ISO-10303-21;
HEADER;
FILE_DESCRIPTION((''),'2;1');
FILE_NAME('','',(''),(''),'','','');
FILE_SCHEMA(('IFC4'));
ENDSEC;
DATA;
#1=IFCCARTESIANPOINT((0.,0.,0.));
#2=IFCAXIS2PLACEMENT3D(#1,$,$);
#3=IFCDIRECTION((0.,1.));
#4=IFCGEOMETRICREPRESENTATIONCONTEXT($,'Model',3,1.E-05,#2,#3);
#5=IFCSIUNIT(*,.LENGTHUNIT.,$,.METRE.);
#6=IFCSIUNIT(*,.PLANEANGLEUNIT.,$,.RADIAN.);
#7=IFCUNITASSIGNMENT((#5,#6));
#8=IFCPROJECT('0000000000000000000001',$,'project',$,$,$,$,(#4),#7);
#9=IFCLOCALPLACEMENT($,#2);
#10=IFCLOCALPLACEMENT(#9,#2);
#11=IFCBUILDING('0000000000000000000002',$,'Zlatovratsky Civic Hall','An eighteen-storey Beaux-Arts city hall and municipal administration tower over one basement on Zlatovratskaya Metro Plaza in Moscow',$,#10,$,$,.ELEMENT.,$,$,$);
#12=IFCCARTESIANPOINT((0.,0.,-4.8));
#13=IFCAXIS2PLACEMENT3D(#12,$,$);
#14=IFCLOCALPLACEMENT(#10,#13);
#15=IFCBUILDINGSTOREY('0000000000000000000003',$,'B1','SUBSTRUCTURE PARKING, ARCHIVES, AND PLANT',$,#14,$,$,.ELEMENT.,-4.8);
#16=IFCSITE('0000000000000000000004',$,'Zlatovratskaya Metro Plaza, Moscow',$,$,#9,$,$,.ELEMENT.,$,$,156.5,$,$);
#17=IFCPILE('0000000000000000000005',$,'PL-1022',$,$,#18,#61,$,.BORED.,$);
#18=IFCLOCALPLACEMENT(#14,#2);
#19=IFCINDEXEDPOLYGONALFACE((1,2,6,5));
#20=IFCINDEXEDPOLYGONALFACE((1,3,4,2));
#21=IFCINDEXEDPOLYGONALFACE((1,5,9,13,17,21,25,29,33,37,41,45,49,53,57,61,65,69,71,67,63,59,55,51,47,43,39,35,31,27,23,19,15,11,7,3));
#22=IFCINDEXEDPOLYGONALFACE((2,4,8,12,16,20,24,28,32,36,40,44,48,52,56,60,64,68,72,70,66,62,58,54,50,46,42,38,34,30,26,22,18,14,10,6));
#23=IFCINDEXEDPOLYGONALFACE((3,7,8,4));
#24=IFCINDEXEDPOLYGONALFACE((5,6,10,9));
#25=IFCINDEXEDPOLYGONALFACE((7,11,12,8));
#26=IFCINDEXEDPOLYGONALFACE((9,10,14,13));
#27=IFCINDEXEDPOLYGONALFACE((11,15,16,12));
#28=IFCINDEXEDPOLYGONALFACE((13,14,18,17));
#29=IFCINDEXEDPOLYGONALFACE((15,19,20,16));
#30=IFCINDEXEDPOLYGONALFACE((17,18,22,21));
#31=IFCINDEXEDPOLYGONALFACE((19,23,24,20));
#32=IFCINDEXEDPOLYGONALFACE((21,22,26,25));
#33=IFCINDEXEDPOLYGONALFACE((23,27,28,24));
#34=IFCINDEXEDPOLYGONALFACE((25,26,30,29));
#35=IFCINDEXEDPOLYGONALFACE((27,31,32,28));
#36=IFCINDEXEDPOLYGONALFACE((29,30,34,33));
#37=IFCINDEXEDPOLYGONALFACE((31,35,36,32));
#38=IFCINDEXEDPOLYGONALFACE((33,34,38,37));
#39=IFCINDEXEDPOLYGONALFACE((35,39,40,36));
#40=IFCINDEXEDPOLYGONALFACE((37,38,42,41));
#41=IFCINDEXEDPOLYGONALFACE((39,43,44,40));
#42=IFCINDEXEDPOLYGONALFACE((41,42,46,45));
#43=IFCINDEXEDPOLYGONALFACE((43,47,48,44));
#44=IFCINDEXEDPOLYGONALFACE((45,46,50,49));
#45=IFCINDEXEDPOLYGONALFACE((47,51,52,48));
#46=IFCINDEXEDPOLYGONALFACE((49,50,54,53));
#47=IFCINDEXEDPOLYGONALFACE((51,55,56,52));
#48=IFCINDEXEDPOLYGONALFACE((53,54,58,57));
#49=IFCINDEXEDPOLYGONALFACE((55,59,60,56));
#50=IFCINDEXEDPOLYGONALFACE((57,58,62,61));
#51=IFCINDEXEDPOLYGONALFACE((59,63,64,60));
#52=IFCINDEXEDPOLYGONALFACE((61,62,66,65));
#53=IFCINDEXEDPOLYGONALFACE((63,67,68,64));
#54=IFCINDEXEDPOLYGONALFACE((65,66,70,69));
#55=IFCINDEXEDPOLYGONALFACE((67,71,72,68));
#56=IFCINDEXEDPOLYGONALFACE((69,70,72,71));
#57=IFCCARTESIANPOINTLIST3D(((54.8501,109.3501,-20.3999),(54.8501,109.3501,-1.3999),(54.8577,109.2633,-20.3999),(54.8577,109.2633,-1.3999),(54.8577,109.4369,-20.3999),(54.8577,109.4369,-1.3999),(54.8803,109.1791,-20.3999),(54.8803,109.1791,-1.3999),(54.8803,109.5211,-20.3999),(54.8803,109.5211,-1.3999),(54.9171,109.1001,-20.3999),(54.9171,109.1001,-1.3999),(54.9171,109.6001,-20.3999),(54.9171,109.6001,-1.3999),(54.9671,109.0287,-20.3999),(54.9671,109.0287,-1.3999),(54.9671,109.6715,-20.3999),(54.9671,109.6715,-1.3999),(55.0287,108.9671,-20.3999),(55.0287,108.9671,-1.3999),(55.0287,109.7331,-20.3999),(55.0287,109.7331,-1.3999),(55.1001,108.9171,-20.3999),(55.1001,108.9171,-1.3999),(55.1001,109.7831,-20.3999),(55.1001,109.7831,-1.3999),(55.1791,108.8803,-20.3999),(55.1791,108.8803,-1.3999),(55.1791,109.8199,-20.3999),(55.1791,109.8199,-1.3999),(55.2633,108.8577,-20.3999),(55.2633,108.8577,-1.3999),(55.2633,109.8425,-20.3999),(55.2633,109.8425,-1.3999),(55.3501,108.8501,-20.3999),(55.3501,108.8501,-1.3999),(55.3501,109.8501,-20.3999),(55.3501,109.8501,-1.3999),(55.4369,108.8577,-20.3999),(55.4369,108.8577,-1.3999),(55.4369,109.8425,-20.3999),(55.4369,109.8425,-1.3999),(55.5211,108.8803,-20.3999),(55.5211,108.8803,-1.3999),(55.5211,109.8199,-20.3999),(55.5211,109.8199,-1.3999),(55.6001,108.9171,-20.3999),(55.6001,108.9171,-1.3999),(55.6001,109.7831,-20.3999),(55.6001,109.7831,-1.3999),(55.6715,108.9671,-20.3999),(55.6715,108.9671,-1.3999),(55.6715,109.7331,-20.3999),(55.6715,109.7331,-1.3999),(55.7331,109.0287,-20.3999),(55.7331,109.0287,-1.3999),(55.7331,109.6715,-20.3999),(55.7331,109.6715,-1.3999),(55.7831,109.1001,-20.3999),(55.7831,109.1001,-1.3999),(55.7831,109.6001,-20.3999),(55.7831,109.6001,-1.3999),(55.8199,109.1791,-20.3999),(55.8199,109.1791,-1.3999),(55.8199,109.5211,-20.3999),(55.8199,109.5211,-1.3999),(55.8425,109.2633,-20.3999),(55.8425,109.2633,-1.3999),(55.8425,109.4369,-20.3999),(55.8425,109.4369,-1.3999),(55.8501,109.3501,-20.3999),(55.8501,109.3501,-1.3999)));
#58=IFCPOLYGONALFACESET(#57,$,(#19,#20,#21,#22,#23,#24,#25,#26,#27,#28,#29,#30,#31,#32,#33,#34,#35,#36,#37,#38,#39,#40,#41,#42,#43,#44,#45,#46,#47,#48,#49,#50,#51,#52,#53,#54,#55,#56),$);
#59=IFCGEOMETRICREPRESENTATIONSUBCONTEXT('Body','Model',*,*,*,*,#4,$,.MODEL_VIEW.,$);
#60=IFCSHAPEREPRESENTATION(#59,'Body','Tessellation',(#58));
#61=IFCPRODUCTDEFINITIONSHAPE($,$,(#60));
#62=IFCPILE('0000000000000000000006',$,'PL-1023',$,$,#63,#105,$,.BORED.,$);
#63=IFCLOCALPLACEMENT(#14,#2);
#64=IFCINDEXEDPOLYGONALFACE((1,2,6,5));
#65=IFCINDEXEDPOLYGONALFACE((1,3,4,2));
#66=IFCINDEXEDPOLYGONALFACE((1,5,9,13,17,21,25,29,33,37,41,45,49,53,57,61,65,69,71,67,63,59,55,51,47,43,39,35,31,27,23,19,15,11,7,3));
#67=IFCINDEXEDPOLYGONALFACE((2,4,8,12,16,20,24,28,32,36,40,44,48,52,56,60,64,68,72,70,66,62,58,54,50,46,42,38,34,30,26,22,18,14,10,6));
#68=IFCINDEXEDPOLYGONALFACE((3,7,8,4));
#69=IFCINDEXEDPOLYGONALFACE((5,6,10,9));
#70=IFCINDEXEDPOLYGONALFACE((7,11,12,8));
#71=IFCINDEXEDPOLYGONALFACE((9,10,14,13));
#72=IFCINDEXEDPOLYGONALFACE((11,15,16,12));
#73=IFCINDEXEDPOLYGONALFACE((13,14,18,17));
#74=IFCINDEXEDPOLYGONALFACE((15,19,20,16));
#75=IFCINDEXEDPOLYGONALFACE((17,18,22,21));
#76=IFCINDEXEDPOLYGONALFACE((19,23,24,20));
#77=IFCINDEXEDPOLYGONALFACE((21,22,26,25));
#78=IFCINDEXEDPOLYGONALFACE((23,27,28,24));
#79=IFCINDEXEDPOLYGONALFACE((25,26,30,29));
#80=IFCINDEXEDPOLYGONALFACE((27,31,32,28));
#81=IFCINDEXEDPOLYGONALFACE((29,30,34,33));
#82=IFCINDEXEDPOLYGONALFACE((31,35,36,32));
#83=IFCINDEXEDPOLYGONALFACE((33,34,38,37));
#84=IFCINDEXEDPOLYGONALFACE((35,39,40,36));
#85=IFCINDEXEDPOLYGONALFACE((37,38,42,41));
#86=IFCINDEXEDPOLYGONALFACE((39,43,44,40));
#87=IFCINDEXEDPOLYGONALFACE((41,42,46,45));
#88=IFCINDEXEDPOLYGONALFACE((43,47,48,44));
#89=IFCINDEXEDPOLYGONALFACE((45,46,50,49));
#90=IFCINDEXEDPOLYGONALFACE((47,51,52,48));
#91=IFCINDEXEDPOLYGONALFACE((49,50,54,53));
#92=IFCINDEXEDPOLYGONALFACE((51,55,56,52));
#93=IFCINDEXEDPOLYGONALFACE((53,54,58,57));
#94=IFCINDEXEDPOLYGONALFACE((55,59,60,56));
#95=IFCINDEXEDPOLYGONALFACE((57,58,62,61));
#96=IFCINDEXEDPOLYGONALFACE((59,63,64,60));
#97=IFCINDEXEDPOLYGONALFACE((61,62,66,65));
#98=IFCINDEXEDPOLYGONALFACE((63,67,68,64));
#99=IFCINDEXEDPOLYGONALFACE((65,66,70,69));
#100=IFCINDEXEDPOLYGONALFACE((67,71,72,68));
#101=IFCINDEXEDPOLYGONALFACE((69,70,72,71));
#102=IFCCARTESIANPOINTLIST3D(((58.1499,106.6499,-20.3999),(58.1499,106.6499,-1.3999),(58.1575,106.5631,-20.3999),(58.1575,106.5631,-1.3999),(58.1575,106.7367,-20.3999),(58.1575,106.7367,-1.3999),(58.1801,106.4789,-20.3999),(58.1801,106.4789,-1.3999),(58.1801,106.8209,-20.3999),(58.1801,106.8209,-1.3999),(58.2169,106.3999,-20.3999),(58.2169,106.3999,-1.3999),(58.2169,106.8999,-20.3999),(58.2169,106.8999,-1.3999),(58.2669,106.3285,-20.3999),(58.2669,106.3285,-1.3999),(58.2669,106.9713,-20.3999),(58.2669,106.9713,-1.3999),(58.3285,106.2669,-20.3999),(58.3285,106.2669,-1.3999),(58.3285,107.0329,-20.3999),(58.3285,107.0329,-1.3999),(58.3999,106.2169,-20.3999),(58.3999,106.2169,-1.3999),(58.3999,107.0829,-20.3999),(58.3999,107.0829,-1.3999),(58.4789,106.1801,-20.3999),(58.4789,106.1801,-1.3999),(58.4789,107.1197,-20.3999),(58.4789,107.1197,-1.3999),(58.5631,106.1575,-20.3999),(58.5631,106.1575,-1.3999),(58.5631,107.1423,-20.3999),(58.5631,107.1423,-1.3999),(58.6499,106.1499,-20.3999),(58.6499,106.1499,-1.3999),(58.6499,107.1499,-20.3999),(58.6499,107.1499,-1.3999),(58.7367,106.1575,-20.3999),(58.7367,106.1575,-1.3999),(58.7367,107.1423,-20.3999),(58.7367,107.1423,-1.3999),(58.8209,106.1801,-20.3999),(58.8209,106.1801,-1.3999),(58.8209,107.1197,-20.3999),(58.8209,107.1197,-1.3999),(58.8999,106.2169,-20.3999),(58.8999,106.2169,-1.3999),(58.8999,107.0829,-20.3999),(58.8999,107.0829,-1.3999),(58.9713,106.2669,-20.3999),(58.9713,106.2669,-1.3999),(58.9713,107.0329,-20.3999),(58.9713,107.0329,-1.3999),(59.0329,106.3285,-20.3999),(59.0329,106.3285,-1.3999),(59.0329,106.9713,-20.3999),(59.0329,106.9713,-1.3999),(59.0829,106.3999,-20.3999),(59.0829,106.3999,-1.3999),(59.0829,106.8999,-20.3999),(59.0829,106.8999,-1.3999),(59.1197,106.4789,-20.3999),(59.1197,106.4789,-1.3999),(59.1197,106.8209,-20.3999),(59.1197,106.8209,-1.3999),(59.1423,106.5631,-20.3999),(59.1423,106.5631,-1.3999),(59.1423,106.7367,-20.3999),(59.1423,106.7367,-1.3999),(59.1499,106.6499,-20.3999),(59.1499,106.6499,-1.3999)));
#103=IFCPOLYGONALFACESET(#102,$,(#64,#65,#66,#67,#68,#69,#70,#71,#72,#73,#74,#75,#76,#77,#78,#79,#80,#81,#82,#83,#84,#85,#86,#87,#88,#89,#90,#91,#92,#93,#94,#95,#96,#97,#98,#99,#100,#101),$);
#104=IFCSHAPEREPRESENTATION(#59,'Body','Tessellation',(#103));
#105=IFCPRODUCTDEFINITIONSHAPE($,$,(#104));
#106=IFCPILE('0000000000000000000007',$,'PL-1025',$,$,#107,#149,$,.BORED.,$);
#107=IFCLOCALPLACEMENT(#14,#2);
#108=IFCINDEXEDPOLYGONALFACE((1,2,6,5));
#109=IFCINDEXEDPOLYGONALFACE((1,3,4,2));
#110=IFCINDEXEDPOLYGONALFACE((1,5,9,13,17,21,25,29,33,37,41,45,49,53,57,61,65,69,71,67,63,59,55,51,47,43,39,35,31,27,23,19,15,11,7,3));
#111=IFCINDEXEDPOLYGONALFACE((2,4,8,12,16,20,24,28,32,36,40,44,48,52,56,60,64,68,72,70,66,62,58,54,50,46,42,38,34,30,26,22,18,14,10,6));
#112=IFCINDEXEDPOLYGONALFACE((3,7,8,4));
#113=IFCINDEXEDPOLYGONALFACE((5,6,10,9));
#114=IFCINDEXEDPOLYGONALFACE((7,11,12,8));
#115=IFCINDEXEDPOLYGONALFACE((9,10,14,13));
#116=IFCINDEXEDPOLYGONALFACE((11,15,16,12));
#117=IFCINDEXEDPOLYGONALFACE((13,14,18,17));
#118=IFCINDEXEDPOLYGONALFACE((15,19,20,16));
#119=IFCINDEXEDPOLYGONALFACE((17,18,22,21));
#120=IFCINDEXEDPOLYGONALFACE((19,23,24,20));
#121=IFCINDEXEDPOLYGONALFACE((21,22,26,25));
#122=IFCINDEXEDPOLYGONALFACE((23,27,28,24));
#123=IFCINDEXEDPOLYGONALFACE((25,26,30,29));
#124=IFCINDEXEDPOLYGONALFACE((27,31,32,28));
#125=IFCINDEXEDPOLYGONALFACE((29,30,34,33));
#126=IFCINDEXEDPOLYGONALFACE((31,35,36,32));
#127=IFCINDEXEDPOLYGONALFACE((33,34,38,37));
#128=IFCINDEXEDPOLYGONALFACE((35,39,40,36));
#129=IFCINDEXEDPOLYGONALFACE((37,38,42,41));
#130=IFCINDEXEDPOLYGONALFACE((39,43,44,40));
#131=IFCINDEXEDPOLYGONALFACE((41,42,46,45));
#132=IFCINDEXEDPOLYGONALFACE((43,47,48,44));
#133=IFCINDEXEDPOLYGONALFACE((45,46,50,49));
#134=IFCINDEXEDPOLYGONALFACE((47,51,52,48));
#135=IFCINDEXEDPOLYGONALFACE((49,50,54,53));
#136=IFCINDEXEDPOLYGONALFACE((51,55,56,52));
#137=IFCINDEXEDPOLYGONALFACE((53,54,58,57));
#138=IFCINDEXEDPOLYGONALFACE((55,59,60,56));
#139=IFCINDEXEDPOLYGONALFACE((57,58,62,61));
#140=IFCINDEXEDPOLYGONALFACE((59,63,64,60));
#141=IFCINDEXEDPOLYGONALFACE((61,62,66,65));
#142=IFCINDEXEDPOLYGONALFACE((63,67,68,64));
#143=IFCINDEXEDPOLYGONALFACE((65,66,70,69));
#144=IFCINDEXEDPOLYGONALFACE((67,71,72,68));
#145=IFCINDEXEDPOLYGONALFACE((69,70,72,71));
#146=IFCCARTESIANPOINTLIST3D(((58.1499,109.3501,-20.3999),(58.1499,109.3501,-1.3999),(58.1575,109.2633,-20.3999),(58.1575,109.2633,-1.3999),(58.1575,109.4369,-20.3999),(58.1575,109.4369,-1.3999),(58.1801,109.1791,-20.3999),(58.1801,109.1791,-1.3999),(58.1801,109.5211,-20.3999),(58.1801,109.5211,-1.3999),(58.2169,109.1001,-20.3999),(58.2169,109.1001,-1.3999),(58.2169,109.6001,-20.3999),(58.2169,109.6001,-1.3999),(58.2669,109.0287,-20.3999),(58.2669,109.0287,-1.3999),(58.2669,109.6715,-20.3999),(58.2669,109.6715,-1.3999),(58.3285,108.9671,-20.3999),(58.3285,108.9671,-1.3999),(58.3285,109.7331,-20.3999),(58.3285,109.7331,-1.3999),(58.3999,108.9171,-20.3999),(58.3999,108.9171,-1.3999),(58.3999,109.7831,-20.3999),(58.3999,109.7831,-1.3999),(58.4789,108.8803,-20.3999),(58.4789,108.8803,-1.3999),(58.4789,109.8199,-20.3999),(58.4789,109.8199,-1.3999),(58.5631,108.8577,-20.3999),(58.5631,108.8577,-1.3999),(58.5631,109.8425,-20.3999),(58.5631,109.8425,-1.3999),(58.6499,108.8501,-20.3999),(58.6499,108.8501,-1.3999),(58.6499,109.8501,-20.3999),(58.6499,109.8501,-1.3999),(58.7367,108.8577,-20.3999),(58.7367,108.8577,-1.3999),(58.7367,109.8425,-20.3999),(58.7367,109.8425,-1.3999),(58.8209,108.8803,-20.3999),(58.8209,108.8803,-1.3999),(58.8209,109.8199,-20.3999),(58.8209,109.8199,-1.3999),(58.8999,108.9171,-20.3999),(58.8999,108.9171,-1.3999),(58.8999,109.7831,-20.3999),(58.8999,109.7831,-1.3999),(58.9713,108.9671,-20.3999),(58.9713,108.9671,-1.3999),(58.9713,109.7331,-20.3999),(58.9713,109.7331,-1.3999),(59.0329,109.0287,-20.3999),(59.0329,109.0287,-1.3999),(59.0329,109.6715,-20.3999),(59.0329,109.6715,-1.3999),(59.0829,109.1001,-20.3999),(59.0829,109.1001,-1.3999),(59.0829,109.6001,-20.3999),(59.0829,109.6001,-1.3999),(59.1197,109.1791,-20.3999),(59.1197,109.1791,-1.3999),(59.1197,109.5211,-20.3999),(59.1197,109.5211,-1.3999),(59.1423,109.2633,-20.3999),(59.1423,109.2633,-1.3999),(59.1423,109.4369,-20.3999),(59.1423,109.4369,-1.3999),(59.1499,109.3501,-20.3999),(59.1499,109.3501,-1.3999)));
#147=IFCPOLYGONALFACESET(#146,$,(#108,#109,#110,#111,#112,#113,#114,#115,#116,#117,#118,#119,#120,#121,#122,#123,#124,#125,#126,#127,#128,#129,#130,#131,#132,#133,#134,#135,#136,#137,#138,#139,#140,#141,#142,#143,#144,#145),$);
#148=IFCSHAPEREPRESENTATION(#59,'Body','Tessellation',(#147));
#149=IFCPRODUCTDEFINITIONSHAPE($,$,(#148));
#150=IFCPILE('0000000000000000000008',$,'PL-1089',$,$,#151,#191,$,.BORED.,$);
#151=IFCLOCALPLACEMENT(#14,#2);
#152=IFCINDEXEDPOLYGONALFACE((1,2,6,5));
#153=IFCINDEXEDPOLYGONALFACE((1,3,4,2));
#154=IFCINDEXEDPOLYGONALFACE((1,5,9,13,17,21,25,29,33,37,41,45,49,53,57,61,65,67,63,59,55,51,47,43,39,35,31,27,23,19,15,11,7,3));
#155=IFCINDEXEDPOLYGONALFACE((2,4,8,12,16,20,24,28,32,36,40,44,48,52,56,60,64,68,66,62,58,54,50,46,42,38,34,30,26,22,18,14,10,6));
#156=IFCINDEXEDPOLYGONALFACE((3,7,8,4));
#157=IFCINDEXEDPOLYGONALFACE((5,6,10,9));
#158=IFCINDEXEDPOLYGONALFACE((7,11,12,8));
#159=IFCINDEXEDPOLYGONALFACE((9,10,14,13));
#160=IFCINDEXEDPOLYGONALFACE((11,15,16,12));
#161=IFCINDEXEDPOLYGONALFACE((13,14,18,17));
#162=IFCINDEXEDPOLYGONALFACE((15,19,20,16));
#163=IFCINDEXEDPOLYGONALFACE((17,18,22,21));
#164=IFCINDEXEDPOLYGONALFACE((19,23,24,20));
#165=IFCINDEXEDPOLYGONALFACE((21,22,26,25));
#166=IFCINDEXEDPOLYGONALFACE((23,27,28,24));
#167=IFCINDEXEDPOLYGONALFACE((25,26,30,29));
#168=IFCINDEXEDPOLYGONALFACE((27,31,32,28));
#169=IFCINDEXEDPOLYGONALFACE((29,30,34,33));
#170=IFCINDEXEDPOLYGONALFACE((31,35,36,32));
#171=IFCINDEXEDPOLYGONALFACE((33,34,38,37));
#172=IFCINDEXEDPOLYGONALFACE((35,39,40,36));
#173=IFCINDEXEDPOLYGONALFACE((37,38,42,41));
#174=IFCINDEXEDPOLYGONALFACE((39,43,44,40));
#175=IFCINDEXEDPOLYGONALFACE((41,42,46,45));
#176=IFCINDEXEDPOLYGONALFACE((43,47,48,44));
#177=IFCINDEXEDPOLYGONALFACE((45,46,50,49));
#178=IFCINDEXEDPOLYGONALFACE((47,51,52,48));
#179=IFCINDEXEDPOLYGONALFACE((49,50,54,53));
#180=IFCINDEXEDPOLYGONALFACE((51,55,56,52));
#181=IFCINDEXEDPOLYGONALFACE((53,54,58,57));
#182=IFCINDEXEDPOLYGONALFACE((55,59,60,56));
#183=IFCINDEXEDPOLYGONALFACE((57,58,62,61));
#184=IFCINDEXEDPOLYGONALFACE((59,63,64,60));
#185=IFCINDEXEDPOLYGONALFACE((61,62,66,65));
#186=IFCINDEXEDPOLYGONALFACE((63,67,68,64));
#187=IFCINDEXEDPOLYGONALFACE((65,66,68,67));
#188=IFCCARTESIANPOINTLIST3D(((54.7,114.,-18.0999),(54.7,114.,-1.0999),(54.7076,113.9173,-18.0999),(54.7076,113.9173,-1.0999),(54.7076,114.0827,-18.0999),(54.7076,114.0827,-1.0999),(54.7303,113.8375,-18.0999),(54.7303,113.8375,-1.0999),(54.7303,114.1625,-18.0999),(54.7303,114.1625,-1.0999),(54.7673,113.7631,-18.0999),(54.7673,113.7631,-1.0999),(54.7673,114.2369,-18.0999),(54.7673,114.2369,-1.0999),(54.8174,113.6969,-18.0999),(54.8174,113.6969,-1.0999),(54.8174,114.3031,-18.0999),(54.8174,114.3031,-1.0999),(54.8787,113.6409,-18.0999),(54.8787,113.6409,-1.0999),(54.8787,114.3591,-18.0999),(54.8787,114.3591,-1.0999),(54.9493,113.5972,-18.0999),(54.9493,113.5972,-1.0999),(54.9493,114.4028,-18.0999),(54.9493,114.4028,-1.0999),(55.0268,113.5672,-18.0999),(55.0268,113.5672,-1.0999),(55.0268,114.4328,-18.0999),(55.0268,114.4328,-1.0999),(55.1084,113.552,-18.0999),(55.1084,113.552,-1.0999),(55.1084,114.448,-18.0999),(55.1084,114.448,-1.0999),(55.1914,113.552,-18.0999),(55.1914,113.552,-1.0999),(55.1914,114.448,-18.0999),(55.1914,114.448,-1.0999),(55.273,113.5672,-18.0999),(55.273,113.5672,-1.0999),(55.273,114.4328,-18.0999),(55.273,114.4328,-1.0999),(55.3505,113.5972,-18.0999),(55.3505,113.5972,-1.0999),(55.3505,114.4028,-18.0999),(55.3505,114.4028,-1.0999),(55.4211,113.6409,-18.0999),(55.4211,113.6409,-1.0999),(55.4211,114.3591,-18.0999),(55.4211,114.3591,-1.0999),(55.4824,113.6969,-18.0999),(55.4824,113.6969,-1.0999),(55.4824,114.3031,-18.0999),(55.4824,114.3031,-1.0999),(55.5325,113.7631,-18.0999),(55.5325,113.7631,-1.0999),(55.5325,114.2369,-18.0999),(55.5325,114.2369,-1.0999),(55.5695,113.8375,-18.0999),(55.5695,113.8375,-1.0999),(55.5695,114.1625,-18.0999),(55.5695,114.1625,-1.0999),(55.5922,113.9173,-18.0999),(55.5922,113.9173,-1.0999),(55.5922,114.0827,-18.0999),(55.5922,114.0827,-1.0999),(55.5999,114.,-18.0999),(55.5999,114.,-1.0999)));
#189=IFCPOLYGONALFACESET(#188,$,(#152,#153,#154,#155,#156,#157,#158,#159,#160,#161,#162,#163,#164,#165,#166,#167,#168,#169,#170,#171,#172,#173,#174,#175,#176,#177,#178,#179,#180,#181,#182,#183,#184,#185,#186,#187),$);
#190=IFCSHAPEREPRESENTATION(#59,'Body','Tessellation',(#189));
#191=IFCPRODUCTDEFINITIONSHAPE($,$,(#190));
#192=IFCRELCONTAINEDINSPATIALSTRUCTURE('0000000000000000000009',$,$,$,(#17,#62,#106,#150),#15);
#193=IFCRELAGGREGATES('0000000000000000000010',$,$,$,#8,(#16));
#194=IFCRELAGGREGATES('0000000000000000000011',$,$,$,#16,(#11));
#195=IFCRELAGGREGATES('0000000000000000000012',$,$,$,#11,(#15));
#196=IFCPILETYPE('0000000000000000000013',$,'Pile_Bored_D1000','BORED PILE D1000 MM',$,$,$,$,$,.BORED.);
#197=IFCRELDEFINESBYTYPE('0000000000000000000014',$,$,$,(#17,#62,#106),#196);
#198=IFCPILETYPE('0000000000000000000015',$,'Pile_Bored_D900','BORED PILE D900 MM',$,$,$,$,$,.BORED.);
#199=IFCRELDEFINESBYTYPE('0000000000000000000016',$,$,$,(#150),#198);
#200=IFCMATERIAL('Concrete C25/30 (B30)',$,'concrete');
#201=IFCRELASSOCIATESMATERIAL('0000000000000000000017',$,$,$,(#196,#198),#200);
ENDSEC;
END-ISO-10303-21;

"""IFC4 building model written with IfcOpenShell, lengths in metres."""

from ifc_helpers import new_model, si_unit, direction, frame, origin, origin_2d, place, context, subcontext, project, spatial, circle, extrude, material, material_profile, profile_set, type_object, element, save


model = new_model("IFC4")

# Units and contexts
model_context = context("Model", 3, precision=1e-05, world=origin(), true_north=direction((0.0, 1.0)))
body_context = subcontext(model_context, "Body", "Model", "MODEL_VIEW")
ifc_project = project(units=[si_unit("LENGTHUNIT", "METRE"), si_unit("PLANEANGLEUNIT", "RADIAN")], contexts=[model_context])

# Site, building, storey
site_placement = place(None, origin())
site = spatial("IfcSite", under=ifc_project, at=site_placement, Name="Zlatovratskaya Metro Plaza, Moscow", CompositionType="ELEMENT", RefElevation=156.5)
building_placement = place(site_placement, origin())
building = spatial("IfcBuilding", under=site, at=building_placement, Name="Zlatovratsky Civic Hall", Description="An eighteen-storey Beaux-Arts city hall and municipal administration tower over one basement on Zlatovratskaya Metro Plaza in Moscow", CompositionType="ELEMENT")
storey_placement = place(building_placement, frame((0.0, 0.0, -4.8)))
storey = spatial("IfcBuildingStorey", under=building, at=storey_placement, Name="B1", Description="SUBSTRUCTURE PARKING, ARCHIVES, AND PLANT", CompositionType="ELEMENT", Elevation=-4.8)

# Shared definitions
ifc_material_1 = material(Name="Concrete C25/30 (B30)", Category="concrete")

# Piles
ifc_material_profile_1 = material_profile(ifc_material_1, circle(Radius=0.5, at=origin_2d()), Name="PILE D1000")
ifc_profile_set_1 = profile_set([ifc_material_profile_1], Name="Concrete C25/30 (B30)")
pile_type_1 = type_object("IfcPileType", Name="Pile_Bored_D1000", Description="BORED PILE D1000 MM", PredefinedType="BORED", material=ifc_profile_set_1)
for number, where, z_axis, x_axis, name in (
    (1, (55.3501, 109.3501, -1.3999), (0.0, 0.0, -1.0), (1.0, 0.0, 0.0), "PL-1022"),
    (2, (58.6499, 106.6499, -1.3999), (0.0, 0.0, -1.0), (1.0, 0.0, 0.0), "PL-1023"),
    (3, (58.6499, 109.3501, -1.3999), (0.0, 0.0, -1.0), (1.0, 0.0, 0.0), "PL-1025"),
):
    element("IfcPile", number, at=place(storey_placement, frame(where, z_axis=z_axis, x_axis=x_axis)), inside=storey, type_object=pile_type_1, Name=name, PredefinedType="BORED", context=body_context, shape_type="SweptSolid", body=[
        extrude(circle(Radius=0.5, at=origin_2d()), origin(), (0.0, 0.0, 1.0), 19.0),
    ])
ifc_material_profile_2 = material_profile(ifc_material_1, circle(Radius=0.45, at=origin_2d()), Name="PILE D900")
ifc_profile_set_2 = profile_set([ifc_material_profile_2], Name="Concrete C25/30 (B30)")
pile_type_2 = type_object("IfcPileType", Name="Pile_Bored_D900", Description="BORED PILE D900 MM", PredefinedType="BORED", material=ifc_profile_set_2)
for number, where, z_axis, x_axis, name in (
    (4, (55.1499, 114.0, -1.0999), (0.0, 0.0, -1.0), (1.0, 0.0, 0.0), "PL-1089"),
):
    element("IfcPile", number, at=place(storey_placement, frame(where, z_axis=z_axis, x_axis=x_axis)), inside=storey, type_object=pile_type_2, Name=name, PredefinedType="BORED", context=body_context, shape_type="SweptSolid", body=[
        extrude(circle(Radius=0.45, at=origin_2d()), origin(), (0.0, 0.0, 1.0), 17.0),
    ])

save(model, "model.ifc")
